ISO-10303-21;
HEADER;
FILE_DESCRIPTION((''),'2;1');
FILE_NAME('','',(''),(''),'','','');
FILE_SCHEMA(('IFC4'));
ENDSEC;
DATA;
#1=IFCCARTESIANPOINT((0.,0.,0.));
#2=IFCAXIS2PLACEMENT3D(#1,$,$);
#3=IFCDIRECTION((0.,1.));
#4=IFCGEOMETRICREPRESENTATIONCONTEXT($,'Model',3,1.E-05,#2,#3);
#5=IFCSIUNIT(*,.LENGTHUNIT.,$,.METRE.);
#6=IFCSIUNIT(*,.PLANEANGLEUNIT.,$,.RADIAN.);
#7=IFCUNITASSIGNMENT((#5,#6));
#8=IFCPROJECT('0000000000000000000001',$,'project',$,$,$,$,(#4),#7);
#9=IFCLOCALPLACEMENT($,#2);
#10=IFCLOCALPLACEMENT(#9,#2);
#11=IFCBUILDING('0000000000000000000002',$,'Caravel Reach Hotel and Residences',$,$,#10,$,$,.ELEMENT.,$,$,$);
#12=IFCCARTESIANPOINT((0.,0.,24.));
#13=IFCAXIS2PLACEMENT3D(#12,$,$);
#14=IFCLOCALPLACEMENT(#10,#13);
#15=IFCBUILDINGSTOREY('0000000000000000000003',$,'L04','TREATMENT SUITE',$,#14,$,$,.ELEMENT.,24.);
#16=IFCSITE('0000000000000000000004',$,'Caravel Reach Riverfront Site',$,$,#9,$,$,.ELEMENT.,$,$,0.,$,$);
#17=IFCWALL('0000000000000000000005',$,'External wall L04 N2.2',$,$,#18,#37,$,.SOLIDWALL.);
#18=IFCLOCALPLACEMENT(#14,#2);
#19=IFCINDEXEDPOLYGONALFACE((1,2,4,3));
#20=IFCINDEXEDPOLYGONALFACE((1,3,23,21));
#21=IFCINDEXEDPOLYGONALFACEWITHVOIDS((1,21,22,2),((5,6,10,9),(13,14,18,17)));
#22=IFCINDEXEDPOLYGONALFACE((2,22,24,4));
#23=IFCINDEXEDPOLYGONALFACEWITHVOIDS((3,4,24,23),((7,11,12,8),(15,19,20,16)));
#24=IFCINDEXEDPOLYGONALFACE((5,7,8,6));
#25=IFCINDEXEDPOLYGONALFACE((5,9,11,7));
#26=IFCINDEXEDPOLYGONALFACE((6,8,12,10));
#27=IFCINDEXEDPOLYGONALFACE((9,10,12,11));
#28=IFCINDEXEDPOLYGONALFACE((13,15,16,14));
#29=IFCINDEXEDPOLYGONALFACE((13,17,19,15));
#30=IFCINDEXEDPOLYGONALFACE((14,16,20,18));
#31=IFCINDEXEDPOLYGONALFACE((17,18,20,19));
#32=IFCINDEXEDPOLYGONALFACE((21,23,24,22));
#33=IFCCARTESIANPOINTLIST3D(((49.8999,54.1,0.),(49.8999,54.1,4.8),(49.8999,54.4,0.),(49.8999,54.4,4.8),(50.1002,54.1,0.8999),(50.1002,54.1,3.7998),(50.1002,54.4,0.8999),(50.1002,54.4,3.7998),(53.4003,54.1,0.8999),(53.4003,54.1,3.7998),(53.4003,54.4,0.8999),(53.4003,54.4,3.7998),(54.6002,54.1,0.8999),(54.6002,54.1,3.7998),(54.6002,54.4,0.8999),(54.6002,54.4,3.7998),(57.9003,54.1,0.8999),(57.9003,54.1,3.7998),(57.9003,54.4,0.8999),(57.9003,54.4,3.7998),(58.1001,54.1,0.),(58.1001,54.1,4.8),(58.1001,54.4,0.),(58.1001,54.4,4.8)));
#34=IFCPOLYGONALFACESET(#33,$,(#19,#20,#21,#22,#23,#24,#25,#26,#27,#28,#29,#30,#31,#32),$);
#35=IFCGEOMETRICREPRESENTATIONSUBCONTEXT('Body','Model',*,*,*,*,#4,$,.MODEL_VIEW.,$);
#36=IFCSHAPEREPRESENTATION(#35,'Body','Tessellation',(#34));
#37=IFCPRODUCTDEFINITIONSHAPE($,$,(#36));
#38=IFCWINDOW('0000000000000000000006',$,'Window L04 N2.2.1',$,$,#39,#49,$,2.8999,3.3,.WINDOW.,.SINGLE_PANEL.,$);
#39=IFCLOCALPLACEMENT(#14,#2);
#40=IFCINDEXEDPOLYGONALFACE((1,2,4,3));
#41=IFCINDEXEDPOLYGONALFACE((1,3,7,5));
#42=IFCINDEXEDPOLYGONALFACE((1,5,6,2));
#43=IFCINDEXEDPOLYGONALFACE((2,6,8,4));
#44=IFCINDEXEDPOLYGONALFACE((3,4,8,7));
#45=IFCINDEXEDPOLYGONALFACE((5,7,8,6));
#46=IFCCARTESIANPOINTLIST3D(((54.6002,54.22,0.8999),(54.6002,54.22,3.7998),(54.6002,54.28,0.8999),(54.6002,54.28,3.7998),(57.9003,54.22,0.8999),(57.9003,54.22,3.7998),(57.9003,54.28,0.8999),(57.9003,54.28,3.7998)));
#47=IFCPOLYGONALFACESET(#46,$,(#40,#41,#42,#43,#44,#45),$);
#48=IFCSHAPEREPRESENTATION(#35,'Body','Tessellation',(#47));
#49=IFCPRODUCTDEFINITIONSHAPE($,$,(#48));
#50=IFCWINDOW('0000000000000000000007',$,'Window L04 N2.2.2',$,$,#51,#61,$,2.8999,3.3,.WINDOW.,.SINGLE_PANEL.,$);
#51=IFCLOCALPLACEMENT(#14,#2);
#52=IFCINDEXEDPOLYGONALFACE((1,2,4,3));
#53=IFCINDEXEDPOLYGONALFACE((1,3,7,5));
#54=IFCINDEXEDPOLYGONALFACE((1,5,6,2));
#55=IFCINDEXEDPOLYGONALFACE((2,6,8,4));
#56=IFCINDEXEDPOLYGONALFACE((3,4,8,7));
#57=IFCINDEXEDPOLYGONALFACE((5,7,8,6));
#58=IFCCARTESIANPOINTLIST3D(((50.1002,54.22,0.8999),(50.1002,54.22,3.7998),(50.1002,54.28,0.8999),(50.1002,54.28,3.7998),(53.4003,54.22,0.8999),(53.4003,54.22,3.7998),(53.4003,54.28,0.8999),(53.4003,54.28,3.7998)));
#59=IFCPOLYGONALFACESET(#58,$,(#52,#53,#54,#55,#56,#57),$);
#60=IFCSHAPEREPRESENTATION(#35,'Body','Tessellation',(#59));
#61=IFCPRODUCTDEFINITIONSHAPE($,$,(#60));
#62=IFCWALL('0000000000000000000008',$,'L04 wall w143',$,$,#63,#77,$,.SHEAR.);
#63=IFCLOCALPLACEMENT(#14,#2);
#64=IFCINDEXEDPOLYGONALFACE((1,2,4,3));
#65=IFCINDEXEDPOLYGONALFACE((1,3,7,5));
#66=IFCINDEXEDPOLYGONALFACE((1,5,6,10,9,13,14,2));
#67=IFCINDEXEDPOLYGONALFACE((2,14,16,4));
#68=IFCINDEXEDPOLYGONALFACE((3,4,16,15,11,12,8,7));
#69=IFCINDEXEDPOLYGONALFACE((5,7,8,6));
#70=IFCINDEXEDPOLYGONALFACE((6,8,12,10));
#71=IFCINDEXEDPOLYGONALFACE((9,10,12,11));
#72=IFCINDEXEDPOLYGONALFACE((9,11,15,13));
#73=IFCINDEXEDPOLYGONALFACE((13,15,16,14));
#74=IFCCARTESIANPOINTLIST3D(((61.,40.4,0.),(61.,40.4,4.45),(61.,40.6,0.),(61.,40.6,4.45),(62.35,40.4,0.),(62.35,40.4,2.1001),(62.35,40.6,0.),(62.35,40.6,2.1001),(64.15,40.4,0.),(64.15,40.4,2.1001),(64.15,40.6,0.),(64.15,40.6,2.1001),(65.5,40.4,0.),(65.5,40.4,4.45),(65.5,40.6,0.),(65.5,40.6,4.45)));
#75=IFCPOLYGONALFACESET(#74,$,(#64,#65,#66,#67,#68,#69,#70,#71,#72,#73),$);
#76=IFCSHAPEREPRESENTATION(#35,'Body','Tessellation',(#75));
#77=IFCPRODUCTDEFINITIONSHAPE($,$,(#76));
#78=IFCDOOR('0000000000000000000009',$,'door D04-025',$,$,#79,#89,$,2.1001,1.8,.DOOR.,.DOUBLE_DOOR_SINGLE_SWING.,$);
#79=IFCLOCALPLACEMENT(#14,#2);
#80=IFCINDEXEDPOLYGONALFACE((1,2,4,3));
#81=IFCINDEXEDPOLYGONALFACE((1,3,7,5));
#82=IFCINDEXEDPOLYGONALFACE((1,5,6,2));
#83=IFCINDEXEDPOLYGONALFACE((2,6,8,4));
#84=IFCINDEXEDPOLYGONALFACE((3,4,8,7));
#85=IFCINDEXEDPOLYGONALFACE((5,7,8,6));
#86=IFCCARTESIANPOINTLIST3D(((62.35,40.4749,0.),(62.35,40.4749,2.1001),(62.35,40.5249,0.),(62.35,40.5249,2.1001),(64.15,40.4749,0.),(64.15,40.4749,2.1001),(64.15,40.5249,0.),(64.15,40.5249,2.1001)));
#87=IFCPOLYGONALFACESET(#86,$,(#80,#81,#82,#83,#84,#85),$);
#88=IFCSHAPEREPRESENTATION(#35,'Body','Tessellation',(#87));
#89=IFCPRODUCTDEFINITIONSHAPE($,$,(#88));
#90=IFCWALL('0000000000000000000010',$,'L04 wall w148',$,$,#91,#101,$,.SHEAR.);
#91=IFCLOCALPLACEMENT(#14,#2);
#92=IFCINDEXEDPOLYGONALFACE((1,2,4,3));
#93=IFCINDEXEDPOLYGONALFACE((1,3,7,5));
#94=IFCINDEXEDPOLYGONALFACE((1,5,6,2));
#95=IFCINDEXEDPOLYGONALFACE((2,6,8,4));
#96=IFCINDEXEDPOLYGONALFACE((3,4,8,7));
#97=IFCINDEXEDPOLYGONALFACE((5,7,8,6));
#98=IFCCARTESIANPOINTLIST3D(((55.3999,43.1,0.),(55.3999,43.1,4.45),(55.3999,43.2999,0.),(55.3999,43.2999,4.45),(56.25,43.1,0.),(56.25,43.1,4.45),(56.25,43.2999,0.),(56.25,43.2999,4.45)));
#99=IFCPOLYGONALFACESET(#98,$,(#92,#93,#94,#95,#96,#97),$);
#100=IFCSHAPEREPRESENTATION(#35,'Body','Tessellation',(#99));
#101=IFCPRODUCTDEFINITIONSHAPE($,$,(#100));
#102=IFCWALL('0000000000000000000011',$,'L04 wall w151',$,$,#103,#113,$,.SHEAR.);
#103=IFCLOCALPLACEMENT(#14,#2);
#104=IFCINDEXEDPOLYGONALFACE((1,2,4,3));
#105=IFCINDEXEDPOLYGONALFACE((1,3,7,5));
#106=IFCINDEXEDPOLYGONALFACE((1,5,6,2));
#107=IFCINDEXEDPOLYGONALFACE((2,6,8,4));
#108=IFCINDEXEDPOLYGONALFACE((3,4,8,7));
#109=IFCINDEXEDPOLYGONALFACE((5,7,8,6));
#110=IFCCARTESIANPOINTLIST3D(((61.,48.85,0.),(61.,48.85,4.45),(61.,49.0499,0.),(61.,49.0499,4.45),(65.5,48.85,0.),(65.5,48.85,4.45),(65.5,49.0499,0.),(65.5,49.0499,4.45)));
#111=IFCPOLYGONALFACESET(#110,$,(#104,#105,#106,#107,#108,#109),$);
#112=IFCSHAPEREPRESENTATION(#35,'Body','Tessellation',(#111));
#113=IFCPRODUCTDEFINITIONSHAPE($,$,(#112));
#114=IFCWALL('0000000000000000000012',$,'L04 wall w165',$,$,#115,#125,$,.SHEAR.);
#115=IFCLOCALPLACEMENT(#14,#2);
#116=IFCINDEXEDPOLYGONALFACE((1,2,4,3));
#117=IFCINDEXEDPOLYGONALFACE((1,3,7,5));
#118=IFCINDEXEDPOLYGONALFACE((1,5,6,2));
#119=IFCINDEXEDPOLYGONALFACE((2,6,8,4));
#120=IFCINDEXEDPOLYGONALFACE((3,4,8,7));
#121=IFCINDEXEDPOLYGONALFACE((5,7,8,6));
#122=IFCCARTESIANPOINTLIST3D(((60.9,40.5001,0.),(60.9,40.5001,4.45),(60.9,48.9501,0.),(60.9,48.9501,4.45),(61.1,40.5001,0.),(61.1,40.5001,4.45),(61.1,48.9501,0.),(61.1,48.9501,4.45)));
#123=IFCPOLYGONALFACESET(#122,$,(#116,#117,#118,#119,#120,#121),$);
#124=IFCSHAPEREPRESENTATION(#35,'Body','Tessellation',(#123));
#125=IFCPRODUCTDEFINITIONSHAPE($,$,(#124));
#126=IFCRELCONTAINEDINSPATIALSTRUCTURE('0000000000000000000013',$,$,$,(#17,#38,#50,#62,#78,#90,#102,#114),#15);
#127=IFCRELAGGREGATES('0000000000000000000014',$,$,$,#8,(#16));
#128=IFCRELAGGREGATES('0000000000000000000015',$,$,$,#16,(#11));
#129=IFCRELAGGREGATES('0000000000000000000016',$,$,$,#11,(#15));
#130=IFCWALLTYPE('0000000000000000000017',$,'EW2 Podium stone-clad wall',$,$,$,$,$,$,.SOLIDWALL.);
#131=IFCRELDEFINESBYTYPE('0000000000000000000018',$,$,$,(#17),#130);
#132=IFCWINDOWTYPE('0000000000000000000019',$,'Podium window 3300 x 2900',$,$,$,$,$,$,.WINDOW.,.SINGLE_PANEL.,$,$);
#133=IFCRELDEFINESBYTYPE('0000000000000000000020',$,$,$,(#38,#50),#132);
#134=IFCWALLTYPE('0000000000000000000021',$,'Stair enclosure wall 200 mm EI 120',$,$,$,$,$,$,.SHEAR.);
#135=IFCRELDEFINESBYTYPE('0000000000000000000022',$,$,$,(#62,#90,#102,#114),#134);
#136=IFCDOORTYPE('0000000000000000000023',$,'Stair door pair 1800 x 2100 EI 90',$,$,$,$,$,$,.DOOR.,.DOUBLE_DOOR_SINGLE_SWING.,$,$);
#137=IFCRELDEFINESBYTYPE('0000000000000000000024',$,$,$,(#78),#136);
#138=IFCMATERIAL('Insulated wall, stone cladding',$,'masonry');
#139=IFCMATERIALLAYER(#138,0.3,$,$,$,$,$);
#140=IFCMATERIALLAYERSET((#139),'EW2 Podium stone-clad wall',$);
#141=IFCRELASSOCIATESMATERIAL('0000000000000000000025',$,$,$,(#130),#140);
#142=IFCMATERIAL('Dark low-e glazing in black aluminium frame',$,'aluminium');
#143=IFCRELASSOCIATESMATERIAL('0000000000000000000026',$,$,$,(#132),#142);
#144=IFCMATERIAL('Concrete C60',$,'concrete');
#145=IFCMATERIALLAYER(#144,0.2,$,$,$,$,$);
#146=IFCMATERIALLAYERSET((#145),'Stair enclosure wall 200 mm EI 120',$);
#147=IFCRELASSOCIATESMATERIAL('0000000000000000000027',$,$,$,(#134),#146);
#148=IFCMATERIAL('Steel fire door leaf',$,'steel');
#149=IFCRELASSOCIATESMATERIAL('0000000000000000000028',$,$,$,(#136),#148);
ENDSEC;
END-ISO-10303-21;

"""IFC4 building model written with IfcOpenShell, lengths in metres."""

from ifc_helpers import new_model, si_unit, direction, frame, frame_2d, origin, place, context, subcontext, project, spatial, rectangle, extrude, material, layer, layer_set, type_object, element, fill, save


model = new_model("IFC4")

# Units and contexts
model_context = context("Model", 3, precision=1e-05, world=origin(), true_north=direction((0.0, 1.0)))
body_context = subcontext(model_context, "Body", "Model", "MODEL_VIEW")
ifc_project = project(units=[si_unit("LENGTHUNIT", "METRE"), si_unit("PLANEANGLEUNIT", "RADIAN")], contexts=[model_context])

# Site, building, storey
site_placement = place(None, origin())
site = spatial("IfcSite", under=ifc_project, at=site_placement, Name="Caravel Reach Riverfront Site", CompositionType="ELEMENT", RefElevation=0.0)
building_placement = place(site_placement, origin())
building = spatial("IfcBuilding", under=site, at=building_placement, Name="Caravel Reach Hotel and Residences", CompositionType="ELEMENT")
storey_placement = place(building_placement, frame((0.0, 0.0, 24.0)))
storey = spatial("IfcBuildingStorey", under=building, at=storey_placement, Name="L04", Description="TREATMENT SUITE", CompositionType="ELEMENT", Elevation=24.0)

# Wall, openings, windows
ifc_material_1 = material(Name="Insulated wall, stone cladding", Category="masonry")
ifc_layer_1 = layer(ifc_material_1, 0.3)
ifc_layer_set_1 = layer_set([ifc_layer_1], Name="EW2 Podium stone-clad wall")
wall_type_1 = type_object("IfcWallType", Name="EW2 Podium stone-clad wall", PredefinedType="SOLIDWALL", material=ifc_layer_set_1)
wall_1_placement = place(storey_placement, frame((58.1001, 54.25, 0.0), z_axis=(0.0, 0.0, 1.0), x_axis=(-1.0, 0.0, 0.0)))
wall_1 = element("IfcWall", 1, at=wall_1_placement, inside=storey, type_object=wall_type_1, Name="External wall L04 N2.2", PredefinedType="SOLIDWALL", context=body_context, shape_type="SweptSolid", body=[
    extrude(rectangle(XDim=8.2002, YDim=0.3, at=frame_2d((4.1001, 0.0))), origin(), (0.0, 0.0, 1.0), 4.8),
])
opening_1_placement = place(wall_1_placement, frame((0.2, 0.0, 0.8999)))
opening_1 = element("IfcOpeningElement", 2, at=opening_1_placement, cuts=wall_1, PredefinedType="OPENING", context=body_context, shape_type="SweptSolid", body=[
    extrude(rectangle(XDim=3.3, YDim=2.8999, at=frame_2d((1.6499, 1.45))), frame((0.0, 0.1599, 0.0), z_axis=(0.0, -1.0, 0.0), x_axis=(1.0, 0.0, 0.0)), (0.0, 0.0, 1.0), 0.3201),
])
opening_2_placement = place(wall_1_placement, frame((4.7, 0.0, 0.8999)))
opening_2 = element("IfcOpeningElement", 3, at=opening_2_placement, cuts=wall_1, PredefinedType="OPENING", context=body_context, shape_type="SweptSolid", body=[
    extrude(rectangle(XDim=3.3, YDim=2.8999, at=frame_2d((1.6499, 1.45))), frame((0.0, 0.1599, 0.0), z_axis=(0.0, -1.0, 0.0), x_axis=(1.0, 0.0, 0.0)), (0.0, 0.0, 1.0), 0.3201),
])
ifc_material_2 = material(Name="Dark low-e glazing in black aluminium frame", Category="aluminium")
window_type = type_object("IfcWindowType", Name="Podium window 3300 x 2900", PartitioningType="SINGLE_PANEL", PredefinedType="WINDOW", material=ifc_material_2)
window_1_placement = place(opening_1_placement, origin())
window_1 = element("IfcWindow", 4, at=window_1_placement, inside=storey, type_object=window_type, Name="Window L04 N2.2.1", OverallHeight=2.8999, OverallWidth=3.3, PartitioningType="SINGLE_PANEL", PredefinedType="WINDOW", context=body_context, shape_type="SweptSolid", body=[
    extrude(rectangle(XDim=3.3, YDim=2.8999, at=frame_2d((1.6499, 1.45))), frame((0.0, 0.03, 0.0), z_axis=(0.0, -1.0, 0.0), x_axis=(1.0, 0.0, 0.0)), (0.0, 0.0, 1.0), 0.0601),
])
fill(opening_1, window_1)
window_2_placement = place(opening_2_placement, origin())
window_2 = element("IfcWindow", 5, at=window_2_placement, inside=storey, type_object=window_type, Name="Window L04 N2.2.2", OverallHeight=2.8999, OverallWidth=3.3, PartitioningType="SINGLE_PANEL", PredefinedType="WINDOW", context=body_context, shape_type="SweptSolid", body=[
    extrude(rectangle(XDim=3.3, YDim=2.8999, at=frame_2d((1.6499, 1.45))), frame((0.0, 0.03, 0.0), z_axis=(0.0, -1.0, 0.0), x_axis=(1.0, 0.0, 0.0)), (0.0, 0.0, 1.0), 0.0601),
])
fill(opening_2, window_2)

# Wall, opening, door
ifc_material_3 = material(Name="Concrete C60", Category="concrete")
ifc_layer_2 = layer(ifc_material_3, 0.2)
ifc_layer_set_2 = layer_set([ifc_layer_2], Name="Stair enclosure wall 200 mm EI 120")
wall_type_2 = type_object("IfcWallType", Name="Stair enclosure wall 200 mm EI 120", PredefinedType="SHEAR", material=ifc_layer_set_2)
wall_2_placement = place(storey_placement, frame((61.0, 40.5, 0.0), z_axis=(0.0, 0.0, 1.0), x_axis=(1.0, 0.0, 0.0)))
wall_2 = element("IfcWall", 6, at=wall_2_placement, inside=storey, type_object=wall_type_2, Name="L04 wall w143", PredefinedType="SHEAR", context=body_context, shape_type="SweptSolid", body=[
    extrude(rectangle(XDim=4.5, YDim=0.2, at=frame_2d((2.25, 0.0))), origin(), (0.0, 0.0, 1.0), 4.45),
])
opening_3_placement = place(wall_2_placement, frame((1.3501, 0.0, 0.0)))
opening_3 = element("IfcOpeningElement", 7, at=opening_3_placement, cuts=wall_2, PredefinedType="OPENING", context=body_context, shape_type="SweptSolid", body=[
    extrude(rectangle(XDim=1.8, YDim=2.1001, at=frame_2d((0.8999, 1.05))), frame((0.0, 0.1099, 0.0), z_axis=(0.0, -1.0, 0.0), x_axis=(1.0, 0.0, 0.0)), (0.0, 0.0, 1.0), 0.22),
])
ifc_material_4 = material(Name="Steel fire door leaf", Category="steel")
door_type_1 = type_object("IfcDoorType", Name="Stair door pair 1800 x 2100 EI 90", OperationType="DOUBLE_DOOR_SINGLE_SWING", PredefinedType="DOOR", material=ifc_material_4)
door_1_placement = place(opening_3_placement, origin())
door_1 = element("IfcDoor", 8, at=door_1_placement, inside=storey, type_object=door_type_1, Name="door D04-025", OperationType="DOUBLE_DOOR_SINGLE_SWING", OverallHeight=2.1001, OverallWidth=1.8, PredefinedType="DOOR", context=body_context, shape_type="SweptSolid", body=[
    extrude(rectangle(XDim=1.8, YDim=2.1001, at=frame_2d((0.8999, 1.05))), frame((0.0, 0.0249, 0.0), z_axis=(0.0, -1.0, 0.0), x_axis=(1.0, 0.0, 0.0)), (0.0, 0.0, 1.0), 0.05),
])
fill(opening_3, door_1)

# Walls
wall_3_placement = place(storey_placement, frame((55.3999, 43.2, 0.0), z_axis=(0.0, 0.0, 1.0), x_axis=(1.0, 0.0, 0.0)))
element("IfcWall", 9, at=wall_3_placement, inside=storey, type_object=wall_type_2, Name="L04 wall w148", PredefinedType="SHEAR", context=body_context, shape_type="SweptSolid", body=[
    extrude(rectangle(XDim=0.8501, YDim=0.2, at=frame_2d((0.425, 0.0))), origin(), (0.0, 0.0, 1.0), 4.45),
])
wall_4_placement = place(storey_placement, frame((61.0, 48.95, 0.0), z_axis=(0.0, 0.0, 1.0), x_axis=(1.0, 0.0, 0.0)))
element("IfcWall", 10, at=wall_4_placement, inside=storey, type_object=wall_type_2, Name="L04 wall w151", PredefinedType="SHEAR", context=body_context, shape_type="SweptSolid", body=[
    extrude(rectangle(XDim=4.5, YDim=0.2, at=frame_2d((2.25, 0.0))), origin(), (0.0, 0.0, 1.0), 4.45),
])
wall_5_placement = place(storey_placement, frame((61.0, 40.5, 0.0), z_axis=(0.0, 0.0, 1.0), x_axis=(0.0, 1.0, 0.0)))
element("IfcWall", 11, at=wall_5_placement, inside=storey, type_object=wall_type_2, Name="L04 wall w165", PredefinedType="SHEAR", context=body_context, shape_type="SweptSolid", body=[
    extrude(rectangle(XDim=8.45, YDim=0.2, at=frame_2d((4.2251, 0.0))), origin(), (0.0, 0.0, 1.0), 4.45),
])

save(model, "model.ifc")
